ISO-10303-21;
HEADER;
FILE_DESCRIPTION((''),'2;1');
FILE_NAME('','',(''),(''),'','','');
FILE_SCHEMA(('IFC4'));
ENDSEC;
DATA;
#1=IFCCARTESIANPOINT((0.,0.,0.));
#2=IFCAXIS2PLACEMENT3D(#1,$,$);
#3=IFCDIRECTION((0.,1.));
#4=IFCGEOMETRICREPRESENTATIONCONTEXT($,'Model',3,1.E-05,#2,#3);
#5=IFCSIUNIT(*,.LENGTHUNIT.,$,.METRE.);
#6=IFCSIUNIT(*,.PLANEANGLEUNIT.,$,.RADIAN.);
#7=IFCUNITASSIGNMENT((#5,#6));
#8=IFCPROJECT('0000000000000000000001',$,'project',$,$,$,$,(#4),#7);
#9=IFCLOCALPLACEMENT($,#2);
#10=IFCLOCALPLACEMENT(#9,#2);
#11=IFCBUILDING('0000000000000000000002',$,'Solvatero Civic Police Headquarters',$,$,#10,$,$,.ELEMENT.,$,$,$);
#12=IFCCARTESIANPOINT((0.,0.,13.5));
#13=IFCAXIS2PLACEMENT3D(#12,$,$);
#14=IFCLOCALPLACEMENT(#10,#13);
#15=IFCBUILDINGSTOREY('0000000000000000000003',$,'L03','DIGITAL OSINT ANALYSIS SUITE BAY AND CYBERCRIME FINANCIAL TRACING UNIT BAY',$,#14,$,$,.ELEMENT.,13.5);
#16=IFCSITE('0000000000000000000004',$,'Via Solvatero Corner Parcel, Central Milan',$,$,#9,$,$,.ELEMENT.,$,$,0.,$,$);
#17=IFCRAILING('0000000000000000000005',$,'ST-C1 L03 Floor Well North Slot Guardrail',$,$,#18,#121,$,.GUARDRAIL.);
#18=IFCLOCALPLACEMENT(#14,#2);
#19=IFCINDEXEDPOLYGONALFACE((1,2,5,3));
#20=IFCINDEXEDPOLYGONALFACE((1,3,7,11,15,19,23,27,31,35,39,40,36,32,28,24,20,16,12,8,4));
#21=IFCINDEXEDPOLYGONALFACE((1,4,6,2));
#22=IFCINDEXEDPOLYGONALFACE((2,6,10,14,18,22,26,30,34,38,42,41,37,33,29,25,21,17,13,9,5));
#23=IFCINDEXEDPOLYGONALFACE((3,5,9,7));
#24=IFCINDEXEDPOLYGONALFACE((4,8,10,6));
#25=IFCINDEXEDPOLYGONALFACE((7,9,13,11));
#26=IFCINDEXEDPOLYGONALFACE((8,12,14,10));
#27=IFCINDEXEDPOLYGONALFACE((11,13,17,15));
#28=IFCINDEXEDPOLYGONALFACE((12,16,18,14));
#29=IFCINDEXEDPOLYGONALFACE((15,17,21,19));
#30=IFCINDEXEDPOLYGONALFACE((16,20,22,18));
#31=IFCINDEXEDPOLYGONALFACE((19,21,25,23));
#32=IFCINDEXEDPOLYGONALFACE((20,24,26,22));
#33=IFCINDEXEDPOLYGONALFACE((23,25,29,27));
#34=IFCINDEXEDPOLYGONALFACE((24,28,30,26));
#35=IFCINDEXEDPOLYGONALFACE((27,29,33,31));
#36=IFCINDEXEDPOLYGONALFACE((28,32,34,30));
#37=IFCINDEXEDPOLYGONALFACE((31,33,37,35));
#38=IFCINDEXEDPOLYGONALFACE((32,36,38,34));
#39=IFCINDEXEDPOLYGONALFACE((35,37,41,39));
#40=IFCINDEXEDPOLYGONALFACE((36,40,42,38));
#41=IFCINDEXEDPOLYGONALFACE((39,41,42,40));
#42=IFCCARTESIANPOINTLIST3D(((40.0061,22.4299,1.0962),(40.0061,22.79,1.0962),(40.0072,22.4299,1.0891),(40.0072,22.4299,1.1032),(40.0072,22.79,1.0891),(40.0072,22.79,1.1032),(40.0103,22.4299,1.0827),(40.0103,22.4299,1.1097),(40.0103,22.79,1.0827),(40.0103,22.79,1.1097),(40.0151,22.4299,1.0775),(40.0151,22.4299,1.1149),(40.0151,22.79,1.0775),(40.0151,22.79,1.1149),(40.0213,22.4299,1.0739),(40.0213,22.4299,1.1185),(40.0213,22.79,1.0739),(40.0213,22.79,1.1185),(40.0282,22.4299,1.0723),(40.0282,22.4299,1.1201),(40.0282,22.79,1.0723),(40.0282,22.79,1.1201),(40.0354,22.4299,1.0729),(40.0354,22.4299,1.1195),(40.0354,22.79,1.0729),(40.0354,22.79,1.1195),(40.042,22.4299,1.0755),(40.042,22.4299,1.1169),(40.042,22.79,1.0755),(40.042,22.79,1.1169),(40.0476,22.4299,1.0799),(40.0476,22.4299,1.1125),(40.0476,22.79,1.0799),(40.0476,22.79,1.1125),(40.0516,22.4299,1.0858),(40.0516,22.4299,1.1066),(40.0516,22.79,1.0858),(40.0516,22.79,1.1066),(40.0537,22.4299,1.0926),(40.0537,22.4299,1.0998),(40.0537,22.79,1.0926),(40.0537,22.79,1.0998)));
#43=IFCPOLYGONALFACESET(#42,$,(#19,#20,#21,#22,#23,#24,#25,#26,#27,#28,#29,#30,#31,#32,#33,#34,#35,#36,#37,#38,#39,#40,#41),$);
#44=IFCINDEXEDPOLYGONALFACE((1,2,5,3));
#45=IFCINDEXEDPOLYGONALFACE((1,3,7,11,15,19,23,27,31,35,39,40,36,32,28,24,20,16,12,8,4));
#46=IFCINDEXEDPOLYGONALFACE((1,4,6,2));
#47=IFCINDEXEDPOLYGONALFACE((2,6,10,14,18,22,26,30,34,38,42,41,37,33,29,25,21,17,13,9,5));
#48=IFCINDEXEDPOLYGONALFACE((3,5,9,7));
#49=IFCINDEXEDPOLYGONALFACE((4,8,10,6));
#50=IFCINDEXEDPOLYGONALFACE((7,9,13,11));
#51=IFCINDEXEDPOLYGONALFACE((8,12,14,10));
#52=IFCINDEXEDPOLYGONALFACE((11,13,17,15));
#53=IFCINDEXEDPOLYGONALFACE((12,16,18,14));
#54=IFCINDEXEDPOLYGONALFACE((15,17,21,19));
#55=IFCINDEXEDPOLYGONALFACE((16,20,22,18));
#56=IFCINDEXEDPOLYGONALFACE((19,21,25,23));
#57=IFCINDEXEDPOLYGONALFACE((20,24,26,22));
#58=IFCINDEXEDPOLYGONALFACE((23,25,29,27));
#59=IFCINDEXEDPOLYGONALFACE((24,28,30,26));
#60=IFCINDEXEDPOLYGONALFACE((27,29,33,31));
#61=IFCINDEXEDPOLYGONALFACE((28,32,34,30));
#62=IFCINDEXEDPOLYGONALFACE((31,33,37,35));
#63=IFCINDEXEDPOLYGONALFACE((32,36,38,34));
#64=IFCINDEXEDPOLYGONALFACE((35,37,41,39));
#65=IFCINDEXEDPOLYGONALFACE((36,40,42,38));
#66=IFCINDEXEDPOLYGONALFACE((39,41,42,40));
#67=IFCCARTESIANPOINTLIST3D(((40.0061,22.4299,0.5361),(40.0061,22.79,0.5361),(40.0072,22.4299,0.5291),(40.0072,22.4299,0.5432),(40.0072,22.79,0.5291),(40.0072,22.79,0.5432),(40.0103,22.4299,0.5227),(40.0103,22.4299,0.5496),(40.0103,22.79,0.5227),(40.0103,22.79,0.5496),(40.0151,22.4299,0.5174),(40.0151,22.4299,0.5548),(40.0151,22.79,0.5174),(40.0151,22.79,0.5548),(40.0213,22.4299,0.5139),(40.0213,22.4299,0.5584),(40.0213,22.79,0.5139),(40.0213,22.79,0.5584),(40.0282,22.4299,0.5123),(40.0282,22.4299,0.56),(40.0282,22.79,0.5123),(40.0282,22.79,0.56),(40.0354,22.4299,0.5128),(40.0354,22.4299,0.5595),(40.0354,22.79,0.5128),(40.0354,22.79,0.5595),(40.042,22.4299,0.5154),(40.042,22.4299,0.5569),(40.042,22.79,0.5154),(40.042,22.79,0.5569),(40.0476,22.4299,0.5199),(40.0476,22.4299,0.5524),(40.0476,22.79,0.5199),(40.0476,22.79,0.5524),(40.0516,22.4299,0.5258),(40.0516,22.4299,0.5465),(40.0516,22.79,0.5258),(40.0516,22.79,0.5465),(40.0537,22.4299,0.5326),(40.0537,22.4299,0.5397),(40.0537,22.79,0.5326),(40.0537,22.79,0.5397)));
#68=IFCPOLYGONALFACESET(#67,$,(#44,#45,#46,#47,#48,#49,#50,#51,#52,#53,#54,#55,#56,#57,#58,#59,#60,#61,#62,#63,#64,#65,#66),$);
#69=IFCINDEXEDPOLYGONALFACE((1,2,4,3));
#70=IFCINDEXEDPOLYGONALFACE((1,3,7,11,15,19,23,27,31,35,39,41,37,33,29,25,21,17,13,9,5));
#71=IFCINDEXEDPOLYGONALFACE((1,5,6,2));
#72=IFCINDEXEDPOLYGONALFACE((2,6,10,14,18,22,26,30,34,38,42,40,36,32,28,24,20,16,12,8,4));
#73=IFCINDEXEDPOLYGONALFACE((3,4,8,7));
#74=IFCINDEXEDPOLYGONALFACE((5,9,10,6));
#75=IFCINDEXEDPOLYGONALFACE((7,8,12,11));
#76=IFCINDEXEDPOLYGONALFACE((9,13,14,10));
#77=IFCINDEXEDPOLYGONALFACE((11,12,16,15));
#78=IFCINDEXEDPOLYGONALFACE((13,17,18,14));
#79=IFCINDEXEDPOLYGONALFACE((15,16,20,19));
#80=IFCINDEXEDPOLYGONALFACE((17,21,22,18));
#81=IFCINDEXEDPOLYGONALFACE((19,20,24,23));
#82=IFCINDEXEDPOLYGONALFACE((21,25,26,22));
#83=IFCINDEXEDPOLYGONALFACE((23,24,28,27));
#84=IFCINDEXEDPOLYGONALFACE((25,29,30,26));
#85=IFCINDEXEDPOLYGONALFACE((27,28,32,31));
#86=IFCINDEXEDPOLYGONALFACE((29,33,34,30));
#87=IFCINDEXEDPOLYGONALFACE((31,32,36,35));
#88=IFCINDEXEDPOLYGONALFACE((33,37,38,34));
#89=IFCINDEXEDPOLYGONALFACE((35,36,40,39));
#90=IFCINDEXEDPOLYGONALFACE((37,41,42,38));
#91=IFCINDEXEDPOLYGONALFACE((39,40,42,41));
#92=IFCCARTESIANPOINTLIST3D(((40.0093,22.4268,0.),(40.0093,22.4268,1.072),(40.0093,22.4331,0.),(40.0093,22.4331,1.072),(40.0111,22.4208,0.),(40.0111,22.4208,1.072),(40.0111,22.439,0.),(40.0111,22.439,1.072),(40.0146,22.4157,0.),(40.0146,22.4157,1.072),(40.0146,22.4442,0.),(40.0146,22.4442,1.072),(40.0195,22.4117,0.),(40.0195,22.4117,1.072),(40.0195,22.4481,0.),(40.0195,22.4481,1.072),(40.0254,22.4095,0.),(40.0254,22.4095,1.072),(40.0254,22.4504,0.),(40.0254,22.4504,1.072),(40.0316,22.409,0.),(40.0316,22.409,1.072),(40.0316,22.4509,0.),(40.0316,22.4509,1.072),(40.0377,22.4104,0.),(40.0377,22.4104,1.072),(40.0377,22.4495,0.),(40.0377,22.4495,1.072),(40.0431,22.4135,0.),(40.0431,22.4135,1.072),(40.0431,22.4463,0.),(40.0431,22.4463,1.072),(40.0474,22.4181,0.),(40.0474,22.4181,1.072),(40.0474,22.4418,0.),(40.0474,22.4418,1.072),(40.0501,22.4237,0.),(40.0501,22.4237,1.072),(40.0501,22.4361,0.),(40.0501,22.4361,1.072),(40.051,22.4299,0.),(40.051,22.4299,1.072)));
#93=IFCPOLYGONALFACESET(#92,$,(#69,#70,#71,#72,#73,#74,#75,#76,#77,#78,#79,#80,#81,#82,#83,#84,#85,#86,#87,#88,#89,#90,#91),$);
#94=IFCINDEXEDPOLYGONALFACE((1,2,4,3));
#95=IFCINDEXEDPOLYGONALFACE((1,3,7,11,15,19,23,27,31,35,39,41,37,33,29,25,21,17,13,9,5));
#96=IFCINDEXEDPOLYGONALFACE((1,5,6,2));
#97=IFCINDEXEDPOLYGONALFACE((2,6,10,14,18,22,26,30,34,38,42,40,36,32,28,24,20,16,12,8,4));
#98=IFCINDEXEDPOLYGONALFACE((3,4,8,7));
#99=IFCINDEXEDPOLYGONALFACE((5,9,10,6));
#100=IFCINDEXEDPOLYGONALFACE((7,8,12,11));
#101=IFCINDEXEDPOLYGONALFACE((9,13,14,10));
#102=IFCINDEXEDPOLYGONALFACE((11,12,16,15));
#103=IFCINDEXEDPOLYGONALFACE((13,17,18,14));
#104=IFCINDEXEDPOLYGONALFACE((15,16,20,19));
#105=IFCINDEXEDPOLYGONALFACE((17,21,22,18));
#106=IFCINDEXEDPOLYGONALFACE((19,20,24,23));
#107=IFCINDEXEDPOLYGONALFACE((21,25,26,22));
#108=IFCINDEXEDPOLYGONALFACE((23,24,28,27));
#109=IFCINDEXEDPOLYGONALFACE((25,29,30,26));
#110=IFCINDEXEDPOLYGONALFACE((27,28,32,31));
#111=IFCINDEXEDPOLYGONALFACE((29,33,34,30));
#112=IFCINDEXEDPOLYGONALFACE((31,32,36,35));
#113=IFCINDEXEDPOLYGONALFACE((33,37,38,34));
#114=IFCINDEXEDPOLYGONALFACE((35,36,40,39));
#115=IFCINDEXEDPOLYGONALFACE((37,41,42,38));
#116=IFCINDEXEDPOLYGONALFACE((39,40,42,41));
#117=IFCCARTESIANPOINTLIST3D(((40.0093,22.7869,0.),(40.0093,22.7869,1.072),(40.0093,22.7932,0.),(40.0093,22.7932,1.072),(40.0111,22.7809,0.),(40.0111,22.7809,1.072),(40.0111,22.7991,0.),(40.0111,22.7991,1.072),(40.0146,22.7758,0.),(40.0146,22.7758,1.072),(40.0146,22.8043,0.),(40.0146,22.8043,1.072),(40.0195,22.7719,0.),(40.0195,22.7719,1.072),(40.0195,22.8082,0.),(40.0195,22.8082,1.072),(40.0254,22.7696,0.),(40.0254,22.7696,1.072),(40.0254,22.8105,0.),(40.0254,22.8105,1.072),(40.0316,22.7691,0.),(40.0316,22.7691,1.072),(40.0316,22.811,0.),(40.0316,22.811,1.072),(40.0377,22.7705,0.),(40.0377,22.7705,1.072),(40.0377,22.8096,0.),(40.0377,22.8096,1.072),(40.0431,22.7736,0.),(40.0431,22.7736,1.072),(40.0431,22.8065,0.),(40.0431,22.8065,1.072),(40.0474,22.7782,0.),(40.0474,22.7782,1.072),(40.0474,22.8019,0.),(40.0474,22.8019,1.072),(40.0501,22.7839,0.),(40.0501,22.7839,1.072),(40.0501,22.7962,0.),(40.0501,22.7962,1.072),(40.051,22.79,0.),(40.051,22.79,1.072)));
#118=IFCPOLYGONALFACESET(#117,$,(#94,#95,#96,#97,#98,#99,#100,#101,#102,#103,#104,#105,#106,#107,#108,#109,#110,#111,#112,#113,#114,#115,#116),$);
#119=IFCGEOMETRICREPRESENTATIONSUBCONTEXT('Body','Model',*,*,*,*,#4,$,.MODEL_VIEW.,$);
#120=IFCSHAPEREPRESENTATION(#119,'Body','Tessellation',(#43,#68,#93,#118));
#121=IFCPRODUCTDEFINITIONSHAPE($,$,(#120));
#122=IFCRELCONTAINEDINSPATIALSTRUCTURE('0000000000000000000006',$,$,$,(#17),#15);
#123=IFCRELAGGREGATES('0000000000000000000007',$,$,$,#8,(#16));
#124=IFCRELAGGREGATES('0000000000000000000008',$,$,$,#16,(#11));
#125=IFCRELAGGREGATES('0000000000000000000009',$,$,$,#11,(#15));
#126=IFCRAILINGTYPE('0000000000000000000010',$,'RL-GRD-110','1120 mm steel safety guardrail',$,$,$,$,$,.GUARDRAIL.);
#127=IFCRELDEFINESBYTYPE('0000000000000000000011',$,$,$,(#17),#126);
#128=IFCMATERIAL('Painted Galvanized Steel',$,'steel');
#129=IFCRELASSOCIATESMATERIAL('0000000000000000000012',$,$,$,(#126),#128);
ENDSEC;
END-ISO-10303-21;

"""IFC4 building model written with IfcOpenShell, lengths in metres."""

from ifc_helpers import new_model, si_unit, direction, frame, origin, origin_2d, place, context, subcontext, project, spatial, circle, extrude, material, type_object, element, save


model = new_model("IFC4")

# Units and contexts
model_context = context("Model", 3, precision=1e-05, world=origin(), true_north=direction((0.0, 1.0)))
body_context = subcontext(model_context, "Body", "Model", "MODEL_VIEW")
ifc_project = project(units=[si_unit("LENGTHUNIT", "METRE"), si_unit("PLANEANGLEUNIT", "RADIAN")], contexts=[model_context])

# Site, building, storey
site_placement = place(None, origin())
site = spatial("IfcSite", under=ifc_project, at=site_placement, Name="Via Solvatero Corner Parcel, Central Milan", CompositionType="ELEMENT", RefElevation=0.0)
building_placement = place(site_placement, origin())
building = spatial("IfcBuilding", under=site, at=building_placement, Name="Solvatero Civic Police Headquarters", CompositionType="ELEMENT")
storey_placement = place(building_placement, frame((0.0, 0.0, 13.5)))
storey = spatial("IfcBuildingStorey", under=building, at=storey_placement, Name="L03", Description="DIGITAL OSINT ANALYSIS SUITE BAY AND CYBERCRIME FINANCIAL TRACING UNIT BAY", CompositionType="ELEMENT", Elevation=13.5)

# Railing
ifc_material_1 = material(Name="Painted Galvanized Steel", Category="steel")
railing_type_1 = type_object("IfcRailingType", Name="RL-GRD-110", Description="1120 mm steel safety guardrail", PredefinedType="GUARDRAIL", material=ifc_material_1)
railing_1_placement = place(storey_placement, frame((40.03, 22.4299, 0.0)))
element("IfcRailing", 1, at=railing_1_placement, inside=storey, type_object=railing_type_1, Name="ST-C1 L03 Floor Well North Slot Guardrail", PredefinedType="GUARDRAIL", context=body_context, shape_type="SweptSolid", body=[
    extrude(circle(Radius=0.0239, at=origin_2d()), frame((0.0, 0.0, 1.0962), z_axis=(0.0, 1.0, 0.0), x_axis=(-1.0, 0.0, 0.0)), (0.0, 0.0, 1.0), 0.3601),
    extrude(circle(Radius=0.0239, at=origin_2d()), frame((0.0, 0.0, 0.5361), z_axis=(0.0, 1.0, 0.0), x_axis=(-1.0, 0.0, 0.0)), (0.0, 0.0, 1.0), 0.3601),
    extrude(circle(Radius=0.021, at=origin_2d()), origin(), (0.0, 0.0, 1.0), 1.072),
    extrude(circle(Radius=0.021, at=origin_2d()), frame((0.0, 0.3601, 0.0)), (0.0, 0.0, 1.0), 1.072),
])

save(model, "model.ifc")
